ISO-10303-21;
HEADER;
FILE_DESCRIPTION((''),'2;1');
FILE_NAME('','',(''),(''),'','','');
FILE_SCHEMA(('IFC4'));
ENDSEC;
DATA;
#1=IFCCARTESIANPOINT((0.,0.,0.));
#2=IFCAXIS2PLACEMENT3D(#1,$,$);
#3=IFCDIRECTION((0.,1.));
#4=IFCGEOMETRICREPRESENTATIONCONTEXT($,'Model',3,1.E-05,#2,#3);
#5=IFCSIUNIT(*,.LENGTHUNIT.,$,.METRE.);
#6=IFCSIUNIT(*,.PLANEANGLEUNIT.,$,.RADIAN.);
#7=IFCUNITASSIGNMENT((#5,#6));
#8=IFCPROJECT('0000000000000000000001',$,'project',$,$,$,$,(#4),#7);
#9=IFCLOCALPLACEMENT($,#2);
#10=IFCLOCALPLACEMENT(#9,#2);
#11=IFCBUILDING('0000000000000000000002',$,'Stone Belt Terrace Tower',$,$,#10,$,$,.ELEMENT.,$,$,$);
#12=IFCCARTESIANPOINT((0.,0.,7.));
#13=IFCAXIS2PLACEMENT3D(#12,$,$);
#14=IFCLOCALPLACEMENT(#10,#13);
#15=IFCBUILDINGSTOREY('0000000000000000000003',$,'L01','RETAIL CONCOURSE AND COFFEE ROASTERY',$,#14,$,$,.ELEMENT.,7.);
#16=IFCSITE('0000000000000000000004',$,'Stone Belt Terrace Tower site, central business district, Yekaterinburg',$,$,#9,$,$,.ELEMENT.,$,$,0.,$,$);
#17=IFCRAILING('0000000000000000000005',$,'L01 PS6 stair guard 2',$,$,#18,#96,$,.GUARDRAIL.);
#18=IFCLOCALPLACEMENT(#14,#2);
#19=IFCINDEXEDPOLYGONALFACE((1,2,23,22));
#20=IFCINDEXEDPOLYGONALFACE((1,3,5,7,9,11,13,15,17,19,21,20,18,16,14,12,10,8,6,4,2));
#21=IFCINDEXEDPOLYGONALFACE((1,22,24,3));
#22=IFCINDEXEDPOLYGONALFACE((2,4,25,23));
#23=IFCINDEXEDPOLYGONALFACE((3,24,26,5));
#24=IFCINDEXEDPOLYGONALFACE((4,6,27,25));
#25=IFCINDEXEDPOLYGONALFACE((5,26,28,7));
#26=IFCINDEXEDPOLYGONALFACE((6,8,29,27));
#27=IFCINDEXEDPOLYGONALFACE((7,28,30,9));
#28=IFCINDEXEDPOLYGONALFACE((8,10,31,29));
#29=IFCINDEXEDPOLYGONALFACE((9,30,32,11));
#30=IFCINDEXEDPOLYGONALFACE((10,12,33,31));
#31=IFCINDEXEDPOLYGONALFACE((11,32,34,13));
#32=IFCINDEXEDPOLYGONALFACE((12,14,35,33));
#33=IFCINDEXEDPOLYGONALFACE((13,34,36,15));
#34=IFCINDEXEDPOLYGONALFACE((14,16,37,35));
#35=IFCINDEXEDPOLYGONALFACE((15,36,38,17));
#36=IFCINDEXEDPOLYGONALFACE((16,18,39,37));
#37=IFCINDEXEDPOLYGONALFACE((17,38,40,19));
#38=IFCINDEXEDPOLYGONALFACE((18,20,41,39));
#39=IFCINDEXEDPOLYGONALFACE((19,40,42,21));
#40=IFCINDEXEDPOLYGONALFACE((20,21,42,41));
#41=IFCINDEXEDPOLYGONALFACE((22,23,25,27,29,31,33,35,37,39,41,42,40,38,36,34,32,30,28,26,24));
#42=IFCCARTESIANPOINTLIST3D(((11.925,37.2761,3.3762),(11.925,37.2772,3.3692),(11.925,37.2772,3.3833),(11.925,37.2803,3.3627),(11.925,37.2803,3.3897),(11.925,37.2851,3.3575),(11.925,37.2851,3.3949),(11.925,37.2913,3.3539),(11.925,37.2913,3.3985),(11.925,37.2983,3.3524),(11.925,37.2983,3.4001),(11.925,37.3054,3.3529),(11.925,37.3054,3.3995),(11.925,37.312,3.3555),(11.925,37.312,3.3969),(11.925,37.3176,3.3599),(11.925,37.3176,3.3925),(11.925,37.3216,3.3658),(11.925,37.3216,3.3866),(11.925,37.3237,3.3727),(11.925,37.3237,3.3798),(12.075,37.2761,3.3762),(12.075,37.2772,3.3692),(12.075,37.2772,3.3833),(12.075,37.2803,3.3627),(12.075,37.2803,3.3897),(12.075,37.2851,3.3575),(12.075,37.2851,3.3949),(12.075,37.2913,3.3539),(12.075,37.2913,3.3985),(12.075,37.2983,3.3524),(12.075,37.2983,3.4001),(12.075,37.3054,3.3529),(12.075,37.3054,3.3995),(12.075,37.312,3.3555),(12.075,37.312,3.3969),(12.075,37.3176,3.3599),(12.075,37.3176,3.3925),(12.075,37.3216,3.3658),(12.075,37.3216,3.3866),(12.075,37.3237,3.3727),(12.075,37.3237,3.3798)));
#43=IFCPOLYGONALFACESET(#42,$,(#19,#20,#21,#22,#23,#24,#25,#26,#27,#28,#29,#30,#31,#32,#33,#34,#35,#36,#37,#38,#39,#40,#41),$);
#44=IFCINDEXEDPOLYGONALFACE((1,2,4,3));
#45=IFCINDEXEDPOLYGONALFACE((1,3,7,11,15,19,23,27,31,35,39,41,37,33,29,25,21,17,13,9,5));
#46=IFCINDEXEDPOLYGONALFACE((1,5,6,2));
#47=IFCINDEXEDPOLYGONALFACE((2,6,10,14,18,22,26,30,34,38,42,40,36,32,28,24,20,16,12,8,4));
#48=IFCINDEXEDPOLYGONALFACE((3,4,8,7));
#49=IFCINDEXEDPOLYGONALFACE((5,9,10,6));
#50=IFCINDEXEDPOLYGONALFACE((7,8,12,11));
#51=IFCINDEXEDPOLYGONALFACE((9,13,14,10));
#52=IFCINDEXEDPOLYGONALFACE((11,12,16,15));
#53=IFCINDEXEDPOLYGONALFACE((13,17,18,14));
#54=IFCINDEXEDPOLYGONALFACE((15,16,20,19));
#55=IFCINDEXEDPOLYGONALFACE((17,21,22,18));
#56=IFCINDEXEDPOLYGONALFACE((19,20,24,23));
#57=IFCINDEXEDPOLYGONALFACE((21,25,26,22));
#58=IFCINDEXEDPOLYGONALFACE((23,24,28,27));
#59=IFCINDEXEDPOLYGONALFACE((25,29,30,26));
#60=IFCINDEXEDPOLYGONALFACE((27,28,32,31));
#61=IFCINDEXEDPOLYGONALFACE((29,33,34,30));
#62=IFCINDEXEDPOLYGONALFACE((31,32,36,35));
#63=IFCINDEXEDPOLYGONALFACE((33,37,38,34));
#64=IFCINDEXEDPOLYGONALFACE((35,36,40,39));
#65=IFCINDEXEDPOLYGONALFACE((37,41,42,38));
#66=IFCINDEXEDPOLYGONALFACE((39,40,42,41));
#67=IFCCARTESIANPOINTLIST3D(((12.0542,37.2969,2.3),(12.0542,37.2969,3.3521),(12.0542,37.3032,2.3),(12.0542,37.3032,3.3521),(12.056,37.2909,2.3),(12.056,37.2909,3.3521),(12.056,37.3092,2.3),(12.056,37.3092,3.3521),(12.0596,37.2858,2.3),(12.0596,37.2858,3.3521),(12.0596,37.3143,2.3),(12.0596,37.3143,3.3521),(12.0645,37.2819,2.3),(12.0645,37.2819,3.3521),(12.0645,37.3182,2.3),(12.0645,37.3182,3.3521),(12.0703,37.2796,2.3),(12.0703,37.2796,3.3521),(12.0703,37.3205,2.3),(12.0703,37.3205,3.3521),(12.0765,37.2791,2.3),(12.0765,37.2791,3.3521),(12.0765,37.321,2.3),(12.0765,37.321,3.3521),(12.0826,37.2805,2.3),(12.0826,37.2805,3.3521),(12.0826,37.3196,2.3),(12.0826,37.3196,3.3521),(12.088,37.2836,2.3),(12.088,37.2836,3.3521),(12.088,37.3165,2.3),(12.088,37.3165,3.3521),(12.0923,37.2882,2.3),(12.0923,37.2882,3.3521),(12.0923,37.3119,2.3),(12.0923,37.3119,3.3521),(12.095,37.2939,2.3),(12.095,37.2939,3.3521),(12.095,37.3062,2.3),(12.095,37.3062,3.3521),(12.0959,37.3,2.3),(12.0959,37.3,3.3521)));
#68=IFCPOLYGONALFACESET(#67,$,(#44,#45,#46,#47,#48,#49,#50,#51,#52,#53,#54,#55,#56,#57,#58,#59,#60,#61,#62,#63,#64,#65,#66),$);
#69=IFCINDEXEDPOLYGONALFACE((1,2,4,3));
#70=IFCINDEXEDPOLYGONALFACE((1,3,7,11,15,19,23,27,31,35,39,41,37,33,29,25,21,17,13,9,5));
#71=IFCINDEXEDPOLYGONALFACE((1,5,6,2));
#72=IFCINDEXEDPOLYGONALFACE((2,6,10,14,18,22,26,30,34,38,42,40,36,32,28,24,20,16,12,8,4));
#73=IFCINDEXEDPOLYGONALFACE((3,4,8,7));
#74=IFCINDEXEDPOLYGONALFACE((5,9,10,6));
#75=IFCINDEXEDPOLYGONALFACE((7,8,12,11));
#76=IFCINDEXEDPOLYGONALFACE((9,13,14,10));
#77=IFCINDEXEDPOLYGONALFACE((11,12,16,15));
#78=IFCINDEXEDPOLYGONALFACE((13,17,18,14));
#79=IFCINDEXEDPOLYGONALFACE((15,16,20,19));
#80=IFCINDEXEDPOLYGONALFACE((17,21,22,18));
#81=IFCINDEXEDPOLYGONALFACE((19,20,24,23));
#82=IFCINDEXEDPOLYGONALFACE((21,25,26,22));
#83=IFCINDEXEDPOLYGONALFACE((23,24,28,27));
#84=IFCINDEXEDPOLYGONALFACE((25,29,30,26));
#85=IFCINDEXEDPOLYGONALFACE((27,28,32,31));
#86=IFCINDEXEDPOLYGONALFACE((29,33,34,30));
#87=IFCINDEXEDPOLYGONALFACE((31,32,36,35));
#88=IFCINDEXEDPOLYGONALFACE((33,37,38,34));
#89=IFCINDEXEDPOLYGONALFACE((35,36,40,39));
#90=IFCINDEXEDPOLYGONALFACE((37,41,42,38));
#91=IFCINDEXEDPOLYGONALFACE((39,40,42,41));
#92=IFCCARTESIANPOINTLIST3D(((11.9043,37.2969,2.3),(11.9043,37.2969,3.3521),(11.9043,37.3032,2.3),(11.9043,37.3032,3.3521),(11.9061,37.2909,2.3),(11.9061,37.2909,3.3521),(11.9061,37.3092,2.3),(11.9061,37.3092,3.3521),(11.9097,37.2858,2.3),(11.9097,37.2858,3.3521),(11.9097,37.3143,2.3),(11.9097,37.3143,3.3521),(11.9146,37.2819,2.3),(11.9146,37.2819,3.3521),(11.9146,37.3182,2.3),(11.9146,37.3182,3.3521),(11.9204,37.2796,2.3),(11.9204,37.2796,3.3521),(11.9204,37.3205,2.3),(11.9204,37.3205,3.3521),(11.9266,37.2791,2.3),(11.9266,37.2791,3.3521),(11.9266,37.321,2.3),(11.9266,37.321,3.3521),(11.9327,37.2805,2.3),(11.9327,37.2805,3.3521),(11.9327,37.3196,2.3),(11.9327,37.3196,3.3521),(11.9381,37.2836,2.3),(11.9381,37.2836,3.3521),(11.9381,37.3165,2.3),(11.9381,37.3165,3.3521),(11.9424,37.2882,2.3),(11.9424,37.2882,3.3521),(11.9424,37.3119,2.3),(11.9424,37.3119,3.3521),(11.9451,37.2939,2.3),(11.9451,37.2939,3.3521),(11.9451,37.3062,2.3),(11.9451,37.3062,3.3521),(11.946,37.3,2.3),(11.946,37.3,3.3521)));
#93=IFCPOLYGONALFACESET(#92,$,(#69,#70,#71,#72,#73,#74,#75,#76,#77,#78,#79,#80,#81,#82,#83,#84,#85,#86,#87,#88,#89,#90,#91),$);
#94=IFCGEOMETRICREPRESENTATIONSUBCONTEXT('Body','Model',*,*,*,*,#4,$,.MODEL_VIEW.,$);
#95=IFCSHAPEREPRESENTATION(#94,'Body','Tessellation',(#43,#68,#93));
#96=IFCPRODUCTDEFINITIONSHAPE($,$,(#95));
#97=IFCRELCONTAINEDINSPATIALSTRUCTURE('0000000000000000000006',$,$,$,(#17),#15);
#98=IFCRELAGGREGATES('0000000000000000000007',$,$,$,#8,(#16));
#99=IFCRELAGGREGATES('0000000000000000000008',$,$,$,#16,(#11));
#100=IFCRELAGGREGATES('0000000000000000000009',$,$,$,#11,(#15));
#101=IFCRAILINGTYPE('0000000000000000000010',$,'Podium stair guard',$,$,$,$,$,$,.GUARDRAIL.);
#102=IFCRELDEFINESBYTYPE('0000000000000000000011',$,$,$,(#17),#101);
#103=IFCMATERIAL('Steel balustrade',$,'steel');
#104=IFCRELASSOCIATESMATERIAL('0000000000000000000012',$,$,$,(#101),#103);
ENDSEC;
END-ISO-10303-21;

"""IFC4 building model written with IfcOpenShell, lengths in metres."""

from ifc_helpers import new_model, si_unit, direction, frame, origin, origin_2d, place, context, subcontext, project, spatial, circle, extrude, material, type_object, element, save


model = new_model("IFC4")

# Units and contexts
model_context = context("Model", 3, precision=1e-05, world=origin(), true_north=direction((0.0, 1.0)))
body_context = subcontext(model_context, "Body", "Model", "MODEL_VIEW")
ifc_project = project(units=[si_unit("LENGTHUNIT", "METRE"), si_unit("PLANEANGLEUNIT", "RADIAN")], contexts=[model_context])

# Site, building, storey
site_placement = place(None, origin())
site = spatial("IfcSite", under=ifc_project, at=site_placement, Name="Stone Belt Terrace Tower site, central business district, Yekaterinburg", CompositionType="ELEMENT", RefElevation=0.0)
building_placement = place(site_placement, origin())
building = spatial("IfcBuilding", under=site, at=building_placement, Name="Stone Belt Terrace Tower", CompositionType="ELEMENT")
storey_placement = place(building_placement, frame((0.0, 0.0, 7.0)))
storey = spatial("IfcBuildingStorey", under=building, at=storey_placement, Name="L01", Description="RETAIL CONCOURSE AND COFFEE ROASTERY", CompositionType="ELEMENT", Elevation=7.0)

# Railing
ifc_material_1 = material(Name="Steel balustrade", Category="steel")
railing_type_1 = type_object("IfcRailingType", Name="Podium stair guard", PredefinedType="GUARDRAIL", material=ifc_material_1)
railing_1_placement = place(storey_placement, frame((12.075, 37.3, 2.3)))
element("IfcRailing", 1, at=railing_1_placement, inside=storey, type_object=railing_type_1, Name="L01 PS6 stair guard 2", PredefinedType="GUARDRAIL", context=body_context, shape_type="SweptSolid", body=[
    extrude(circle(Radius=0.0239, at=origin_2d()), frame((0.0, 0.0, 1.0762), z_axis=(-1.0, 0.0, 0.0), x_axis=(0.0, -1.0, 0.0)), (0.0, 0.0, 1.0), 0.1499),
    extrude(circle(Radius=0.021, at=origin_2d()), origin(), (0.0, 0.0, 1.0), 1.052),
    extrude(circle(Radius=0.021, at=origin_2d()), frame((-0.1499, 0.0, 0.0)), (0.0, 0.0, 1.0), 1.052),
])

save(model, "model.ifc")
